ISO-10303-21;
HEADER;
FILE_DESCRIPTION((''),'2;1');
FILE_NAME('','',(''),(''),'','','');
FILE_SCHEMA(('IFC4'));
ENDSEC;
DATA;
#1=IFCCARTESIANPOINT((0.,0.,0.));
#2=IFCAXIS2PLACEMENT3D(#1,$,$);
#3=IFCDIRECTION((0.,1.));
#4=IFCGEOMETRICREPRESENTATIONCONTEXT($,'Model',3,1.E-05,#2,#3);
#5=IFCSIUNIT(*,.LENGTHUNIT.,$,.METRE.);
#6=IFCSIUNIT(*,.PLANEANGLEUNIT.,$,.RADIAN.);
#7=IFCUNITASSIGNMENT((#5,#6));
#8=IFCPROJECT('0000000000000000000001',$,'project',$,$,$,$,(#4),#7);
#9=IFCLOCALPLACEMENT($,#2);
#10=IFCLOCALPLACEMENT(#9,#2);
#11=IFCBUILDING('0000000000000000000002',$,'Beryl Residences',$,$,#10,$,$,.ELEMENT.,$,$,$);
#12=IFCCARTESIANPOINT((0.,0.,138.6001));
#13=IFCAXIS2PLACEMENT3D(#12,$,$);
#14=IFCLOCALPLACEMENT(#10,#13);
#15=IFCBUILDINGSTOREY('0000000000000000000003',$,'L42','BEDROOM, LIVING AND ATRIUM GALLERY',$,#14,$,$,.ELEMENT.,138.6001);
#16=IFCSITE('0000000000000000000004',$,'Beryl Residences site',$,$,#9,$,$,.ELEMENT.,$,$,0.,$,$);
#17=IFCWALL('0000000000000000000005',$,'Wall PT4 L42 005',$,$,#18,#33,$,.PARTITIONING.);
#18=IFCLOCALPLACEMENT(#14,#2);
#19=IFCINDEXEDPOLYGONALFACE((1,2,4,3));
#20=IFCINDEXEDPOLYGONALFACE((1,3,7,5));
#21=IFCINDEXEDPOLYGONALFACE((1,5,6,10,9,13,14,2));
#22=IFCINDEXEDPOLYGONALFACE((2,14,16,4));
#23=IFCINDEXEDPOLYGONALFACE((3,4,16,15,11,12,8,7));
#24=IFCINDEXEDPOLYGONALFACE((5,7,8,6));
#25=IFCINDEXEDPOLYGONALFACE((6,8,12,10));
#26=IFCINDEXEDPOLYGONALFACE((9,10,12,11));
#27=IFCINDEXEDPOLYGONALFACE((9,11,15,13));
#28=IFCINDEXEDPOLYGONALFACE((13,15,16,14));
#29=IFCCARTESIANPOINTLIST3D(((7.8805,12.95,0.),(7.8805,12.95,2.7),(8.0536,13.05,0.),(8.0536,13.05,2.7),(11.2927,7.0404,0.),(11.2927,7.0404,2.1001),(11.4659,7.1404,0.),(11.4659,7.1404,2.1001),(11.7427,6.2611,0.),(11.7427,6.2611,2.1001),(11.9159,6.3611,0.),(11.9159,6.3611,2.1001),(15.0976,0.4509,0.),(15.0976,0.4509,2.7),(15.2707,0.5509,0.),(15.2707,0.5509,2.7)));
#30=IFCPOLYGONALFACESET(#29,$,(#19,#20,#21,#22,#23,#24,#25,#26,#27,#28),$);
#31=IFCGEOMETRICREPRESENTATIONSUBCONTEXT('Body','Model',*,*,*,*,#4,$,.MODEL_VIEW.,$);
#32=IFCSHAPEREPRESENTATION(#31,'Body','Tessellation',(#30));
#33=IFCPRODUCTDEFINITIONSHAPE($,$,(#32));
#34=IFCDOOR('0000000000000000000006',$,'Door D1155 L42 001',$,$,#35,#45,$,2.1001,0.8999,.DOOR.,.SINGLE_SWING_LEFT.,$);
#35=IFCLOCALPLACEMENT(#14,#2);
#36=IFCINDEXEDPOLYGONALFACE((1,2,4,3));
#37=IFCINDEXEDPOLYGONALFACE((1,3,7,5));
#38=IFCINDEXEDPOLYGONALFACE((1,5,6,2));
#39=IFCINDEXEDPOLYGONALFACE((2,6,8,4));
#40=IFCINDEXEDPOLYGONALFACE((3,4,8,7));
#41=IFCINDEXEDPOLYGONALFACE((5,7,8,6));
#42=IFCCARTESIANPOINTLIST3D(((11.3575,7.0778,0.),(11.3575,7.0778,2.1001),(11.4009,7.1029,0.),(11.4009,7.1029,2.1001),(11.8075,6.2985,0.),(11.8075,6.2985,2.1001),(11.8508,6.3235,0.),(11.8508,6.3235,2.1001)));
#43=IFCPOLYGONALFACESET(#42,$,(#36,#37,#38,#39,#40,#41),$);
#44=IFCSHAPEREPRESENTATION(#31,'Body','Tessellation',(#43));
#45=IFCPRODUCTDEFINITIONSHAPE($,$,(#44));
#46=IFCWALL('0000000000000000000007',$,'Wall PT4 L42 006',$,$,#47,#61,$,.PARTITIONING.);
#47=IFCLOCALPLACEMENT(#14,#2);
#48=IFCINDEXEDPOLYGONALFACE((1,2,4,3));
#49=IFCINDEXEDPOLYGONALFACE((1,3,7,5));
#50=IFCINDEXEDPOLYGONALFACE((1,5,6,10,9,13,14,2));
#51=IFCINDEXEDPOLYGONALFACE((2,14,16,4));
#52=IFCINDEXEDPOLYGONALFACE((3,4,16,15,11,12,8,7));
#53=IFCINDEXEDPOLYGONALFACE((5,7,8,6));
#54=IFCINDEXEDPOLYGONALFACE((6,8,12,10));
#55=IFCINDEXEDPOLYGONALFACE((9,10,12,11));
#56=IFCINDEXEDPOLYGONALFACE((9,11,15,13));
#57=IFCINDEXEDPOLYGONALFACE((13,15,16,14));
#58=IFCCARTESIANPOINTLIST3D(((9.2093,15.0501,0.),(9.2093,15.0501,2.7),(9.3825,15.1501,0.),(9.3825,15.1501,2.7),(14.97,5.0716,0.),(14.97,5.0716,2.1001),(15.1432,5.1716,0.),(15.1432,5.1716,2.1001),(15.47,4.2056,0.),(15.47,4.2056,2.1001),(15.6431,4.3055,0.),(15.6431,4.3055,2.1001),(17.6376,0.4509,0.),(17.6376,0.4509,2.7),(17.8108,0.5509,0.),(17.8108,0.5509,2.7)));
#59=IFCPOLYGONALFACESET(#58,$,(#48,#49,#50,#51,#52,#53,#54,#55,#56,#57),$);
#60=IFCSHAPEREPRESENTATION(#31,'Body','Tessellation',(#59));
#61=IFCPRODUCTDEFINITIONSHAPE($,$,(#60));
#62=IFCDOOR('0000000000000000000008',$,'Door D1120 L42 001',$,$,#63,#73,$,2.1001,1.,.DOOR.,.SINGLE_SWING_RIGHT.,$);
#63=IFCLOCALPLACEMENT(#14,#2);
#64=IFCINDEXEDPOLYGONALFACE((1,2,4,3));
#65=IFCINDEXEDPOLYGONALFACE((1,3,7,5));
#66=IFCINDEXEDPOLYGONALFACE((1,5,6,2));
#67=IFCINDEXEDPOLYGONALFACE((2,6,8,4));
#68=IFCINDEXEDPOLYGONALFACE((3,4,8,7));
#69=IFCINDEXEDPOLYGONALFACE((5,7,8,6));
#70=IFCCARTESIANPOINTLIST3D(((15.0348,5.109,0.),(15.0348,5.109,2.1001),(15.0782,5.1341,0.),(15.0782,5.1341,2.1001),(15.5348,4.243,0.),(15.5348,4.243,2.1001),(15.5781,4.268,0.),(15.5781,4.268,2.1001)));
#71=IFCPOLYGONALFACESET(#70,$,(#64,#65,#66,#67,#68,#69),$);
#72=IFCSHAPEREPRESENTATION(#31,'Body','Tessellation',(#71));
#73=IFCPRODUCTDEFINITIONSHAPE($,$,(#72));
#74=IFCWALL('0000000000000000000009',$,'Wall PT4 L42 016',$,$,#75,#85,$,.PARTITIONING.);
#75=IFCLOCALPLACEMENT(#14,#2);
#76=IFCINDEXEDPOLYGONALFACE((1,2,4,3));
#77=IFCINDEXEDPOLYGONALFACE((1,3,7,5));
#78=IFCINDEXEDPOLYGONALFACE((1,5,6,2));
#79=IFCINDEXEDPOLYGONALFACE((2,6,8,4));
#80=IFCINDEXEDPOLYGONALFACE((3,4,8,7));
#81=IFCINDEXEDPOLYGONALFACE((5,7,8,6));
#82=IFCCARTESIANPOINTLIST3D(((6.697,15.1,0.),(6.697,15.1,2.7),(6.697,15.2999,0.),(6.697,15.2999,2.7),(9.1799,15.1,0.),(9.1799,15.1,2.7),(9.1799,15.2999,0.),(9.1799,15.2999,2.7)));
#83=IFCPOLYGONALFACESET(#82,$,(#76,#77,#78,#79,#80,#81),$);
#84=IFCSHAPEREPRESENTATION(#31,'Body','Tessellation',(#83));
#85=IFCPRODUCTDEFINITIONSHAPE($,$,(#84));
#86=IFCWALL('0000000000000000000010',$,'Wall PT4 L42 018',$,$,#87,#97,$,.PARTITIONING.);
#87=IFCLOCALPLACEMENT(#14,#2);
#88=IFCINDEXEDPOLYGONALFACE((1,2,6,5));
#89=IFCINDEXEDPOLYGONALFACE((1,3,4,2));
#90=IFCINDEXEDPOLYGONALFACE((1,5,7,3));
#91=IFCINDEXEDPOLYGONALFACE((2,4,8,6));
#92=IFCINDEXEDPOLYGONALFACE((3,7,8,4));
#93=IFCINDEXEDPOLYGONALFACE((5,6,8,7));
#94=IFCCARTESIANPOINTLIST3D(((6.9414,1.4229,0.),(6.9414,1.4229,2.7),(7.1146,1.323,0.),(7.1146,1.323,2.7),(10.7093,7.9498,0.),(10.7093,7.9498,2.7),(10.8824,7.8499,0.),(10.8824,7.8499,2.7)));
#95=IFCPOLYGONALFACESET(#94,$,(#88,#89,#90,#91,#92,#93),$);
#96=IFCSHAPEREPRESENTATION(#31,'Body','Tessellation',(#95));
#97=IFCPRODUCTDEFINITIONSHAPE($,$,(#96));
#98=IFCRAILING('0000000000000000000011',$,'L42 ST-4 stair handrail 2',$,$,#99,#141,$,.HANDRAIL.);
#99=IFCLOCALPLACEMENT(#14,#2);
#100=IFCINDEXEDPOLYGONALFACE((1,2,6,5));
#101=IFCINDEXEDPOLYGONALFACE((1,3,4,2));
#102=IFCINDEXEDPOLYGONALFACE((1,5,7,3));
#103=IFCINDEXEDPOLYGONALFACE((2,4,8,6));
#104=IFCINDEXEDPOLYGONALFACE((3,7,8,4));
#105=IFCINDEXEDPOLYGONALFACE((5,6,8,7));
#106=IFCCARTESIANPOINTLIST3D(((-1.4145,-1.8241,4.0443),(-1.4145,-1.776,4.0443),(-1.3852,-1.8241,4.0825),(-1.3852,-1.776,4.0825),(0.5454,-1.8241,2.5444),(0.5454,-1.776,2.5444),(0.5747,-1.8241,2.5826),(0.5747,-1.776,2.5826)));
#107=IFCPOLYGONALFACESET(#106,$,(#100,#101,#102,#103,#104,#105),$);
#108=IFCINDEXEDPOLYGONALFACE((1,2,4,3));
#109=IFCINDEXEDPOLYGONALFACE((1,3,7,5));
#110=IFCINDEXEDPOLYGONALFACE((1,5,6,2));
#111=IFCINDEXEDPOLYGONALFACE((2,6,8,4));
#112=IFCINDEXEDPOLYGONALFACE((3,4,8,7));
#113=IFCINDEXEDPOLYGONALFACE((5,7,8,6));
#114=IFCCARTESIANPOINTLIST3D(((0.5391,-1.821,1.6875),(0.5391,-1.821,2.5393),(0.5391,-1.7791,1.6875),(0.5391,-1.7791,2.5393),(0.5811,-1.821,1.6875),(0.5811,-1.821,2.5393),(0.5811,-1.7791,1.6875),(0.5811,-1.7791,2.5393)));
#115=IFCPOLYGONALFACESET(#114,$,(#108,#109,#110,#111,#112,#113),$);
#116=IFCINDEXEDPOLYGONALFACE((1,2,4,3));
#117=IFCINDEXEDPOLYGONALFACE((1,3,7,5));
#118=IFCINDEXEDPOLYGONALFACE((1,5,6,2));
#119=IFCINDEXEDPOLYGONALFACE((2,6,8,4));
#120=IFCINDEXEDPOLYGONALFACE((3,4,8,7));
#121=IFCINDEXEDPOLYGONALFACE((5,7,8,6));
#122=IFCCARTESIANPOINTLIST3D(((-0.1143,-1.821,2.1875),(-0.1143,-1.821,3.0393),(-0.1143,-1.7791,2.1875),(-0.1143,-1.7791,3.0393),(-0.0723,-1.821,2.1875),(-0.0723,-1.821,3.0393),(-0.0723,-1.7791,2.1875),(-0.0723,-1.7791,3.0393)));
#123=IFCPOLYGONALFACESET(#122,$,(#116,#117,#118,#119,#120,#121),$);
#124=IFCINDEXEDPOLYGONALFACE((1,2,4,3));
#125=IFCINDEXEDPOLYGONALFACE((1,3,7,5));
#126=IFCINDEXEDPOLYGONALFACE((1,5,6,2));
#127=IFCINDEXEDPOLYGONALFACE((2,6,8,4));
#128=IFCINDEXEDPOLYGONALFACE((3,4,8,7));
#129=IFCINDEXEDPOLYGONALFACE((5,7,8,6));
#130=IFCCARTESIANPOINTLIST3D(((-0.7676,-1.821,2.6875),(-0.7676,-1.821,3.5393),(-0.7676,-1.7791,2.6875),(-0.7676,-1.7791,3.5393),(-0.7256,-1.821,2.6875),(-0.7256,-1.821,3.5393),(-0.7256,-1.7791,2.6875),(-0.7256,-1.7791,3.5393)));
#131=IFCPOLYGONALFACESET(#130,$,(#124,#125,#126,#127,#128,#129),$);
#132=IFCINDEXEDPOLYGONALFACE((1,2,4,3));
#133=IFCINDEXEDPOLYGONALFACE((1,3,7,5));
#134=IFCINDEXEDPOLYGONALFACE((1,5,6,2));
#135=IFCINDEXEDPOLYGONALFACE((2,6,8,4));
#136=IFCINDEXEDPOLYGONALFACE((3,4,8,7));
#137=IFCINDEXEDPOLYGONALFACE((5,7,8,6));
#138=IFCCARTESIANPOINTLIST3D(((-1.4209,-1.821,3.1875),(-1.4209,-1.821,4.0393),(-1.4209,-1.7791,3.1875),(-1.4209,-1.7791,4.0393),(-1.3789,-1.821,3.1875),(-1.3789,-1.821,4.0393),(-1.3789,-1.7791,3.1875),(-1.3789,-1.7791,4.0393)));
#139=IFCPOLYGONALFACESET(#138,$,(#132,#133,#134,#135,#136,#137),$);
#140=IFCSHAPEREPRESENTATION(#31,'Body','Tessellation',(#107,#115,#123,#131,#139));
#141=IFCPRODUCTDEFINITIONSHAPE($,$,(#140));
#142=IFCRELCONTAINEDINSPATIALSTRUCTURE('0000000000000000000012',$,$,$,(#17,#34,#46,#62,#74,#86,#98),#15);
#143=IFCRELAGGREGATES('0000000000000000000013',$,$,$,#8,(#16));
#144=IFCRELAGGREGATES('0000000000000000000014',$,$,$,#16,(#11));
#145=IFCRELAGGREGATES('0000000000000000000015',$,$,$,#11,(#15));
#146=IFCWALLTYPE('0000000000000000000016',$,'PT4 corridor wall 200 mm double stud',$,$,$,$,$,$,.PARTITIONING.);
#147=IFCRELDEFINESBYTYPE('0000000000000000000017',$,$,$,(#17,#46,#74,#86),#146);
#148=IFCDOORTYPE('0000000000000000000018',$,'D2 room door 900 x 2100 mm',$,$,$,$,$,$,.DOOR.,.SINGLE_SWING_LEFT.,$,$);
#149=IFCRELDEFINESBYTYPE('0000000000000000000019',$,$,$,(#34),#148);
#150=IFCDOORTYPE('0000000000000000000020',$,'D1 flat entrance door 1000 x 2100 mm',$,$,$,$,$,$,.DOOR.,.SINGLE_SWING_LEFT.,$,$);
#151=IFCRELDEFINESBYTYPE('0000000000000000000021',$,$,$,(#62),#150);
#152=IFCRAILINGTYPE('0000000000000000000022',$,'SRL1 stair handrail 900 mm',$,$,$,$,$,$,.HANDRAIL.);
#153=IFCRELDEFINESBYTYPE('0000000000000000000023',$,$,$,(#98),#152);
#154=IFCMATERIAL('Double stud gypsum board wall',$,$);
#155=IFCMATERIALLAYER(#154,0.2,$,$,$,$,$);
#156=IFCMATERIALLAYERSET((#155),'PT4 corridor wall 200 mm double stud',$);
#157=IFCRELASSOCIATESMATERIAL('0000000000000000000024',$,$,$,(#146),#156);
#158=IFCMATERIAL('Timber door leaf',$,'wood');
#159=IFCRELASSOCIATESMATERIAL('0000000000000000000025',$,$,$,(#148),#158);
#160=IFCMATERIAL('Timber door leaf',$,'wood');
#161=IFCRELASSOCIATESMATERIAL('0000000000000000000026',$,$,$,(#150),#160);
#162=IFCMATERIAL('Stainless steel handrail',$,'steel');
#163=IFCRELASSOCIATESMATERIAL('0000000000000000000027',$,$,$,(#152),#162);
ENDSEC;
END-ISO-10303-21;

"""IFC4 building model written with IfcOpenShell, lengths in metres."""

from ifc_helpers import new_model, si_unit, direction, frame, frame_2d, origin, origin_2d, place, context, subcontext, project, spatial, rectangle, extrude, material, layer, layer_set, type_object, element, fill, save


model = new_model("IFC4")

# Units and contexts
model_context = context("Model", 3, precision=1e-05, world=origin(), true_north=direction((0.0, 1.0)))
body_context = subcontext(model_context, "Body", "Model", "MODEL_VIEW")
ifc_project = project(units=[si_unit("LENGTHUNIT", "METRE"), si_unit("PLANEANGLEUNIT", "RADIAN")], contexts=[model_context])

# Site, building, storey
site_placement = place(None, origin())
site = spatial("IfcSite", under=ifc_project, at=site_placement, Name="Beryl Residences site", CompositionType="ELEMENT", RefElevation=0.0)
building_placement = place(site_placement, origin())
building = spatial("IfcBuilding", under=site, at=building_placement, Name="Beryl Residences", CompositionType="ELEMENT")
storey_placement = place(building_placement, frame((0.0, 0.0, 138.6001)))
storey = spatial("IfcBuildingStorey", under=building, at=storey_placement, Name="L42", Description="BEDROOM, LIVING AND ATRIUM GALLERY", CompositionType="ELEMENT", Elevation=138.6001)

# Shared definitions
ifc_material_1 = material(Name="Double stud gypsum board wall")
ifc_layer_1 = layer(ifc_material_1, 0.2)
ifc_layer_set_1 = layer_set([ifc_layer_1], Name="PT4 corridor wall 200 mm double stud")
wall_type_1 = type_object("IfcWallType", Name="PT4 corridor wall 200 mm double stud", PredefinedType="PARTITIONING", material=ifc_layer_set_1)

# Walls, openings, doors
wall_1_placement = place(storey_placement, frame((7.967, 13.0, 0.0), z_axis=(0.0, 0.0, 1.0), x_axis=(0.500038, -0.866004, 0.0)))
wall_1 = element("IfcWall", 1, at=wall_1_placement, inside=storey, type_object=wall_type_1, Name="Wall PT4 L42 005", PredefinedType="PARTITIONING", context=body_context, shape_type="SweptSolid", body=[
    extrude(rectangle(XDim=14.4331, YDim=0.2, at=frame_2d((7.2166, 0.0))), origin(), (0.0, 0.0, 1.0), 2.7),
])
opening_1_placement = place(wall_1_placement, frame((6.824, 0.0, 0.0)))
opening_1 = element("IfcOpeningElement", 2, at=opening_1_placement, cuts=wall_1, PredefinedType="OPENING", context=body_context, shape_type="SweptSolid", body=[
    extrude(rectangle(XDim=0.8999, YDim=2.1001, at=frame_2d((0.45, 1.05))), frame((0.0, 0.1099, 0.0), z_axis=(0.0, -1.0, 0.0), x_axis=(1.0, 0.0, 0.0)), (0.0, 0.0, 1.0), 0.22),
])
ifc_material_2 = material(Name="Timber door leaf", Category="wood")
door_type_1 = type_object("IfcDoorType", Name="D2 room door 900 x 2100 mm", OperationType="SINGLE_SWING_LEFT", PredefinedType="DOOR", material=ifc_material_2)
door_1_placement = place(opening_1_placement, origin())
door_1 = element("IfcDoor", 3, at=door_1_placement, inside=storey, type_object=door_type_1, Name="Door D1155 L42 001", OperationType="SINGLE_SWING_LEFT", OverallHeight=2.1001, OverallWidth=0.8999, PredefinedType="DOOR", context=body_context, shape_type="SweptSolid", body=[
    extrude(rectangle(XDim=0.8999, YDim=2.1001, at=frame_2d((0.45, 1.05))), frame((0.0, 0.0249, 0.0), z_axis=(0.0, -1.0, 0.0), x_axis=(1.0, 0.0, 0.0)), (0.0, 0.0, 1.0), 0.05),
])
fill(opening_1, door_1)
wall_2_placement = place(storey_placement, frame((9.2959, 15.1001, 0.0), z_axis=(0.0, 0.0, 1.0), x_axis=(0.499974, -0.86604, 0.0)))
wall_2 = element("IfcWall", 4, at=wall_2_placement, inside=storey, type_object=wall_type_1, Name="Wall PT4 L42 006", PredefinedType="PARTITIONING", context=body_context, shape_type="SweptSolid", body=[
    extrude(rectangle(XDim=16.8574, YDim=0.2, at=frame_2d((8.4287, 0.0))), origin(), (0.0, 0.0, 1.0), 2.7),
])
opening_2_placement = place(wall_2_placement, frame((11.522, 0.0, 0.0)))
opening_2 = element("IfcOpeningElement", 5, at=opening_2_placement, cuts=wall_2, PredefinedType="OPENING", context=body_context, shape_type="SweptSolid", body=[
    extrude(rectangle(XDim=1.0, YDim=2.1001, at=frame_2d((0.5, 1.05))), frame((0.0, 0.1099, 0.0), z_axis=(0.0, -1.0, 0.0), x_axis=(1.0, 0.0, 0.0)), (0.0, 0.0, 1.0), 0.22),
])
ifc_material_3 = material(Name="Timber door leaf", Category="wood")
door_type_2 = type_object("IfcDoorType", Name="D1 flat entrance door 1000 x 2100 mm", OperationType="SINGLE_SWING_LEFT", PredefinedType="DOOR", material=ifc_material_3)
door_2_placement = place(opening_2_placement, origin())
door_2 = element("IfcDoor", 6, at=door_2_placement, inside=storey, type_object=door_type_2, Name="Door D1120 L42 001", OperationType="SINGLE_SWING_RIGHT", OverallHeight=2.1001, OverallWidth=1.0, PredefinedType="DOOR", context=body_context, shape_type="SweptSolid", body=[
    extrude(rectangle(XDim=1.0, YDim=2.1001, at=frame_2d((0.5, 1.05))), frame((0.0, 0.0249, 0.0), z_axis=(0.0, -1.0, 0.0), x_axis=(1.0, 0.0, 0.0)), (0.0, 0.0, 1.0), 0.05),
])
fill(opening_2, door_2)

# Walls
wall_3_placement = place(storey_placement, frame((6.697, 15.2, 0.0), z_axis=(0.0, 0.0, 1.0), x_axis=(1.0, 0.0, 0.0)))
element("IfcWall", 7, at=wall_3_placement, inside=storey, type_object=wall_type_1, Name="Wall PT4 L42 016", PredefinedType="PARTITIONING", context=body_context, shape_type="SweptSolid", body=[
    extrude(rectangle(XDim=2.4829, YDim=0.2, at=frame_2d((1.2415, 0.0))), origin(), (0.0, 0.0, 1.0), 2.7),
])
wall_4_placement = place(storey_placement, frame((7.0281, 1.373, 0.0), z_axis=(0.0, 0.0, 1.0), x_axis=(0.499954, 0.866052, 0.0)))
element("IfcWall", 8, at=wall_4_placement, inside=storey, type_object=wall_type_1, Name="Wall PT4 L42 018", PredefinedType="PARTITIONING", context=body_context, shape_type="SweptSolid", body=[
    extrude(rectangle(XDim=7.5364, YDim=0.2, at=frame_2d((3.7681, 0.0))), origin(), (0.0, 0.0, 1.0), 2.7),
])

# Railing
ifc_material_4 = material(Name="Stainless steel handrail", Category="steel")
railing_type_1 = type_object("IfcRailingType", Name="SRL1 stair handrail 900 mm", PredefinedType="HANDRAIL", material=ifc_material_4)
railing_1_placement = place(storey_placement, frame((0.5601, -1.8, 1.6875)))
element("IfcRailing", 9, at=railing_1_placement, inside=storey, type_object=railing_type_1, Name="L42 ST-4 stair handrail 2", PredefinedType="HANDRAIL", context=body_context, shape_type="SweptSolid", body=[
    extrude(rectangle(XDim=0.0481, YDim=0.0481, at=origin_2d()), frame((0.0, 0.0, 0.876), z_axis=(-0.794122, 0.0, 0.607758), x_axis=(0.0, -1.0, 0.0)), (0.0, 0.0, 1.0), 2.468),
    extrude(rectangle(XDim=0.042, YDim=0.042, at=origin_2d()), origin(), (0.0, 0.0, 1.0), 0.8518),
    extrude(rectangle(XDim=0.042, YDim=0.042, at=origin_2d()), frame((-0.6533, 0.0, 0.5)), (0.0, 0.0, 1.0), 0.8518),
    extrude(rectangle(XDim=0.042, YDim=0.042, at=origin_2d()), frame((-1.3066, 0.0, 1.0)), (0.0, 0.0, 1.0), 0.8518),
    extrude(rectangle(XDim=0.042, YDim=0.042, at=origin_2d()), frame((-1.96, 0.0, 1.5)), (0.0, 0.0, 1.0), 0.8518),
])

save(model, "model.ifc")
